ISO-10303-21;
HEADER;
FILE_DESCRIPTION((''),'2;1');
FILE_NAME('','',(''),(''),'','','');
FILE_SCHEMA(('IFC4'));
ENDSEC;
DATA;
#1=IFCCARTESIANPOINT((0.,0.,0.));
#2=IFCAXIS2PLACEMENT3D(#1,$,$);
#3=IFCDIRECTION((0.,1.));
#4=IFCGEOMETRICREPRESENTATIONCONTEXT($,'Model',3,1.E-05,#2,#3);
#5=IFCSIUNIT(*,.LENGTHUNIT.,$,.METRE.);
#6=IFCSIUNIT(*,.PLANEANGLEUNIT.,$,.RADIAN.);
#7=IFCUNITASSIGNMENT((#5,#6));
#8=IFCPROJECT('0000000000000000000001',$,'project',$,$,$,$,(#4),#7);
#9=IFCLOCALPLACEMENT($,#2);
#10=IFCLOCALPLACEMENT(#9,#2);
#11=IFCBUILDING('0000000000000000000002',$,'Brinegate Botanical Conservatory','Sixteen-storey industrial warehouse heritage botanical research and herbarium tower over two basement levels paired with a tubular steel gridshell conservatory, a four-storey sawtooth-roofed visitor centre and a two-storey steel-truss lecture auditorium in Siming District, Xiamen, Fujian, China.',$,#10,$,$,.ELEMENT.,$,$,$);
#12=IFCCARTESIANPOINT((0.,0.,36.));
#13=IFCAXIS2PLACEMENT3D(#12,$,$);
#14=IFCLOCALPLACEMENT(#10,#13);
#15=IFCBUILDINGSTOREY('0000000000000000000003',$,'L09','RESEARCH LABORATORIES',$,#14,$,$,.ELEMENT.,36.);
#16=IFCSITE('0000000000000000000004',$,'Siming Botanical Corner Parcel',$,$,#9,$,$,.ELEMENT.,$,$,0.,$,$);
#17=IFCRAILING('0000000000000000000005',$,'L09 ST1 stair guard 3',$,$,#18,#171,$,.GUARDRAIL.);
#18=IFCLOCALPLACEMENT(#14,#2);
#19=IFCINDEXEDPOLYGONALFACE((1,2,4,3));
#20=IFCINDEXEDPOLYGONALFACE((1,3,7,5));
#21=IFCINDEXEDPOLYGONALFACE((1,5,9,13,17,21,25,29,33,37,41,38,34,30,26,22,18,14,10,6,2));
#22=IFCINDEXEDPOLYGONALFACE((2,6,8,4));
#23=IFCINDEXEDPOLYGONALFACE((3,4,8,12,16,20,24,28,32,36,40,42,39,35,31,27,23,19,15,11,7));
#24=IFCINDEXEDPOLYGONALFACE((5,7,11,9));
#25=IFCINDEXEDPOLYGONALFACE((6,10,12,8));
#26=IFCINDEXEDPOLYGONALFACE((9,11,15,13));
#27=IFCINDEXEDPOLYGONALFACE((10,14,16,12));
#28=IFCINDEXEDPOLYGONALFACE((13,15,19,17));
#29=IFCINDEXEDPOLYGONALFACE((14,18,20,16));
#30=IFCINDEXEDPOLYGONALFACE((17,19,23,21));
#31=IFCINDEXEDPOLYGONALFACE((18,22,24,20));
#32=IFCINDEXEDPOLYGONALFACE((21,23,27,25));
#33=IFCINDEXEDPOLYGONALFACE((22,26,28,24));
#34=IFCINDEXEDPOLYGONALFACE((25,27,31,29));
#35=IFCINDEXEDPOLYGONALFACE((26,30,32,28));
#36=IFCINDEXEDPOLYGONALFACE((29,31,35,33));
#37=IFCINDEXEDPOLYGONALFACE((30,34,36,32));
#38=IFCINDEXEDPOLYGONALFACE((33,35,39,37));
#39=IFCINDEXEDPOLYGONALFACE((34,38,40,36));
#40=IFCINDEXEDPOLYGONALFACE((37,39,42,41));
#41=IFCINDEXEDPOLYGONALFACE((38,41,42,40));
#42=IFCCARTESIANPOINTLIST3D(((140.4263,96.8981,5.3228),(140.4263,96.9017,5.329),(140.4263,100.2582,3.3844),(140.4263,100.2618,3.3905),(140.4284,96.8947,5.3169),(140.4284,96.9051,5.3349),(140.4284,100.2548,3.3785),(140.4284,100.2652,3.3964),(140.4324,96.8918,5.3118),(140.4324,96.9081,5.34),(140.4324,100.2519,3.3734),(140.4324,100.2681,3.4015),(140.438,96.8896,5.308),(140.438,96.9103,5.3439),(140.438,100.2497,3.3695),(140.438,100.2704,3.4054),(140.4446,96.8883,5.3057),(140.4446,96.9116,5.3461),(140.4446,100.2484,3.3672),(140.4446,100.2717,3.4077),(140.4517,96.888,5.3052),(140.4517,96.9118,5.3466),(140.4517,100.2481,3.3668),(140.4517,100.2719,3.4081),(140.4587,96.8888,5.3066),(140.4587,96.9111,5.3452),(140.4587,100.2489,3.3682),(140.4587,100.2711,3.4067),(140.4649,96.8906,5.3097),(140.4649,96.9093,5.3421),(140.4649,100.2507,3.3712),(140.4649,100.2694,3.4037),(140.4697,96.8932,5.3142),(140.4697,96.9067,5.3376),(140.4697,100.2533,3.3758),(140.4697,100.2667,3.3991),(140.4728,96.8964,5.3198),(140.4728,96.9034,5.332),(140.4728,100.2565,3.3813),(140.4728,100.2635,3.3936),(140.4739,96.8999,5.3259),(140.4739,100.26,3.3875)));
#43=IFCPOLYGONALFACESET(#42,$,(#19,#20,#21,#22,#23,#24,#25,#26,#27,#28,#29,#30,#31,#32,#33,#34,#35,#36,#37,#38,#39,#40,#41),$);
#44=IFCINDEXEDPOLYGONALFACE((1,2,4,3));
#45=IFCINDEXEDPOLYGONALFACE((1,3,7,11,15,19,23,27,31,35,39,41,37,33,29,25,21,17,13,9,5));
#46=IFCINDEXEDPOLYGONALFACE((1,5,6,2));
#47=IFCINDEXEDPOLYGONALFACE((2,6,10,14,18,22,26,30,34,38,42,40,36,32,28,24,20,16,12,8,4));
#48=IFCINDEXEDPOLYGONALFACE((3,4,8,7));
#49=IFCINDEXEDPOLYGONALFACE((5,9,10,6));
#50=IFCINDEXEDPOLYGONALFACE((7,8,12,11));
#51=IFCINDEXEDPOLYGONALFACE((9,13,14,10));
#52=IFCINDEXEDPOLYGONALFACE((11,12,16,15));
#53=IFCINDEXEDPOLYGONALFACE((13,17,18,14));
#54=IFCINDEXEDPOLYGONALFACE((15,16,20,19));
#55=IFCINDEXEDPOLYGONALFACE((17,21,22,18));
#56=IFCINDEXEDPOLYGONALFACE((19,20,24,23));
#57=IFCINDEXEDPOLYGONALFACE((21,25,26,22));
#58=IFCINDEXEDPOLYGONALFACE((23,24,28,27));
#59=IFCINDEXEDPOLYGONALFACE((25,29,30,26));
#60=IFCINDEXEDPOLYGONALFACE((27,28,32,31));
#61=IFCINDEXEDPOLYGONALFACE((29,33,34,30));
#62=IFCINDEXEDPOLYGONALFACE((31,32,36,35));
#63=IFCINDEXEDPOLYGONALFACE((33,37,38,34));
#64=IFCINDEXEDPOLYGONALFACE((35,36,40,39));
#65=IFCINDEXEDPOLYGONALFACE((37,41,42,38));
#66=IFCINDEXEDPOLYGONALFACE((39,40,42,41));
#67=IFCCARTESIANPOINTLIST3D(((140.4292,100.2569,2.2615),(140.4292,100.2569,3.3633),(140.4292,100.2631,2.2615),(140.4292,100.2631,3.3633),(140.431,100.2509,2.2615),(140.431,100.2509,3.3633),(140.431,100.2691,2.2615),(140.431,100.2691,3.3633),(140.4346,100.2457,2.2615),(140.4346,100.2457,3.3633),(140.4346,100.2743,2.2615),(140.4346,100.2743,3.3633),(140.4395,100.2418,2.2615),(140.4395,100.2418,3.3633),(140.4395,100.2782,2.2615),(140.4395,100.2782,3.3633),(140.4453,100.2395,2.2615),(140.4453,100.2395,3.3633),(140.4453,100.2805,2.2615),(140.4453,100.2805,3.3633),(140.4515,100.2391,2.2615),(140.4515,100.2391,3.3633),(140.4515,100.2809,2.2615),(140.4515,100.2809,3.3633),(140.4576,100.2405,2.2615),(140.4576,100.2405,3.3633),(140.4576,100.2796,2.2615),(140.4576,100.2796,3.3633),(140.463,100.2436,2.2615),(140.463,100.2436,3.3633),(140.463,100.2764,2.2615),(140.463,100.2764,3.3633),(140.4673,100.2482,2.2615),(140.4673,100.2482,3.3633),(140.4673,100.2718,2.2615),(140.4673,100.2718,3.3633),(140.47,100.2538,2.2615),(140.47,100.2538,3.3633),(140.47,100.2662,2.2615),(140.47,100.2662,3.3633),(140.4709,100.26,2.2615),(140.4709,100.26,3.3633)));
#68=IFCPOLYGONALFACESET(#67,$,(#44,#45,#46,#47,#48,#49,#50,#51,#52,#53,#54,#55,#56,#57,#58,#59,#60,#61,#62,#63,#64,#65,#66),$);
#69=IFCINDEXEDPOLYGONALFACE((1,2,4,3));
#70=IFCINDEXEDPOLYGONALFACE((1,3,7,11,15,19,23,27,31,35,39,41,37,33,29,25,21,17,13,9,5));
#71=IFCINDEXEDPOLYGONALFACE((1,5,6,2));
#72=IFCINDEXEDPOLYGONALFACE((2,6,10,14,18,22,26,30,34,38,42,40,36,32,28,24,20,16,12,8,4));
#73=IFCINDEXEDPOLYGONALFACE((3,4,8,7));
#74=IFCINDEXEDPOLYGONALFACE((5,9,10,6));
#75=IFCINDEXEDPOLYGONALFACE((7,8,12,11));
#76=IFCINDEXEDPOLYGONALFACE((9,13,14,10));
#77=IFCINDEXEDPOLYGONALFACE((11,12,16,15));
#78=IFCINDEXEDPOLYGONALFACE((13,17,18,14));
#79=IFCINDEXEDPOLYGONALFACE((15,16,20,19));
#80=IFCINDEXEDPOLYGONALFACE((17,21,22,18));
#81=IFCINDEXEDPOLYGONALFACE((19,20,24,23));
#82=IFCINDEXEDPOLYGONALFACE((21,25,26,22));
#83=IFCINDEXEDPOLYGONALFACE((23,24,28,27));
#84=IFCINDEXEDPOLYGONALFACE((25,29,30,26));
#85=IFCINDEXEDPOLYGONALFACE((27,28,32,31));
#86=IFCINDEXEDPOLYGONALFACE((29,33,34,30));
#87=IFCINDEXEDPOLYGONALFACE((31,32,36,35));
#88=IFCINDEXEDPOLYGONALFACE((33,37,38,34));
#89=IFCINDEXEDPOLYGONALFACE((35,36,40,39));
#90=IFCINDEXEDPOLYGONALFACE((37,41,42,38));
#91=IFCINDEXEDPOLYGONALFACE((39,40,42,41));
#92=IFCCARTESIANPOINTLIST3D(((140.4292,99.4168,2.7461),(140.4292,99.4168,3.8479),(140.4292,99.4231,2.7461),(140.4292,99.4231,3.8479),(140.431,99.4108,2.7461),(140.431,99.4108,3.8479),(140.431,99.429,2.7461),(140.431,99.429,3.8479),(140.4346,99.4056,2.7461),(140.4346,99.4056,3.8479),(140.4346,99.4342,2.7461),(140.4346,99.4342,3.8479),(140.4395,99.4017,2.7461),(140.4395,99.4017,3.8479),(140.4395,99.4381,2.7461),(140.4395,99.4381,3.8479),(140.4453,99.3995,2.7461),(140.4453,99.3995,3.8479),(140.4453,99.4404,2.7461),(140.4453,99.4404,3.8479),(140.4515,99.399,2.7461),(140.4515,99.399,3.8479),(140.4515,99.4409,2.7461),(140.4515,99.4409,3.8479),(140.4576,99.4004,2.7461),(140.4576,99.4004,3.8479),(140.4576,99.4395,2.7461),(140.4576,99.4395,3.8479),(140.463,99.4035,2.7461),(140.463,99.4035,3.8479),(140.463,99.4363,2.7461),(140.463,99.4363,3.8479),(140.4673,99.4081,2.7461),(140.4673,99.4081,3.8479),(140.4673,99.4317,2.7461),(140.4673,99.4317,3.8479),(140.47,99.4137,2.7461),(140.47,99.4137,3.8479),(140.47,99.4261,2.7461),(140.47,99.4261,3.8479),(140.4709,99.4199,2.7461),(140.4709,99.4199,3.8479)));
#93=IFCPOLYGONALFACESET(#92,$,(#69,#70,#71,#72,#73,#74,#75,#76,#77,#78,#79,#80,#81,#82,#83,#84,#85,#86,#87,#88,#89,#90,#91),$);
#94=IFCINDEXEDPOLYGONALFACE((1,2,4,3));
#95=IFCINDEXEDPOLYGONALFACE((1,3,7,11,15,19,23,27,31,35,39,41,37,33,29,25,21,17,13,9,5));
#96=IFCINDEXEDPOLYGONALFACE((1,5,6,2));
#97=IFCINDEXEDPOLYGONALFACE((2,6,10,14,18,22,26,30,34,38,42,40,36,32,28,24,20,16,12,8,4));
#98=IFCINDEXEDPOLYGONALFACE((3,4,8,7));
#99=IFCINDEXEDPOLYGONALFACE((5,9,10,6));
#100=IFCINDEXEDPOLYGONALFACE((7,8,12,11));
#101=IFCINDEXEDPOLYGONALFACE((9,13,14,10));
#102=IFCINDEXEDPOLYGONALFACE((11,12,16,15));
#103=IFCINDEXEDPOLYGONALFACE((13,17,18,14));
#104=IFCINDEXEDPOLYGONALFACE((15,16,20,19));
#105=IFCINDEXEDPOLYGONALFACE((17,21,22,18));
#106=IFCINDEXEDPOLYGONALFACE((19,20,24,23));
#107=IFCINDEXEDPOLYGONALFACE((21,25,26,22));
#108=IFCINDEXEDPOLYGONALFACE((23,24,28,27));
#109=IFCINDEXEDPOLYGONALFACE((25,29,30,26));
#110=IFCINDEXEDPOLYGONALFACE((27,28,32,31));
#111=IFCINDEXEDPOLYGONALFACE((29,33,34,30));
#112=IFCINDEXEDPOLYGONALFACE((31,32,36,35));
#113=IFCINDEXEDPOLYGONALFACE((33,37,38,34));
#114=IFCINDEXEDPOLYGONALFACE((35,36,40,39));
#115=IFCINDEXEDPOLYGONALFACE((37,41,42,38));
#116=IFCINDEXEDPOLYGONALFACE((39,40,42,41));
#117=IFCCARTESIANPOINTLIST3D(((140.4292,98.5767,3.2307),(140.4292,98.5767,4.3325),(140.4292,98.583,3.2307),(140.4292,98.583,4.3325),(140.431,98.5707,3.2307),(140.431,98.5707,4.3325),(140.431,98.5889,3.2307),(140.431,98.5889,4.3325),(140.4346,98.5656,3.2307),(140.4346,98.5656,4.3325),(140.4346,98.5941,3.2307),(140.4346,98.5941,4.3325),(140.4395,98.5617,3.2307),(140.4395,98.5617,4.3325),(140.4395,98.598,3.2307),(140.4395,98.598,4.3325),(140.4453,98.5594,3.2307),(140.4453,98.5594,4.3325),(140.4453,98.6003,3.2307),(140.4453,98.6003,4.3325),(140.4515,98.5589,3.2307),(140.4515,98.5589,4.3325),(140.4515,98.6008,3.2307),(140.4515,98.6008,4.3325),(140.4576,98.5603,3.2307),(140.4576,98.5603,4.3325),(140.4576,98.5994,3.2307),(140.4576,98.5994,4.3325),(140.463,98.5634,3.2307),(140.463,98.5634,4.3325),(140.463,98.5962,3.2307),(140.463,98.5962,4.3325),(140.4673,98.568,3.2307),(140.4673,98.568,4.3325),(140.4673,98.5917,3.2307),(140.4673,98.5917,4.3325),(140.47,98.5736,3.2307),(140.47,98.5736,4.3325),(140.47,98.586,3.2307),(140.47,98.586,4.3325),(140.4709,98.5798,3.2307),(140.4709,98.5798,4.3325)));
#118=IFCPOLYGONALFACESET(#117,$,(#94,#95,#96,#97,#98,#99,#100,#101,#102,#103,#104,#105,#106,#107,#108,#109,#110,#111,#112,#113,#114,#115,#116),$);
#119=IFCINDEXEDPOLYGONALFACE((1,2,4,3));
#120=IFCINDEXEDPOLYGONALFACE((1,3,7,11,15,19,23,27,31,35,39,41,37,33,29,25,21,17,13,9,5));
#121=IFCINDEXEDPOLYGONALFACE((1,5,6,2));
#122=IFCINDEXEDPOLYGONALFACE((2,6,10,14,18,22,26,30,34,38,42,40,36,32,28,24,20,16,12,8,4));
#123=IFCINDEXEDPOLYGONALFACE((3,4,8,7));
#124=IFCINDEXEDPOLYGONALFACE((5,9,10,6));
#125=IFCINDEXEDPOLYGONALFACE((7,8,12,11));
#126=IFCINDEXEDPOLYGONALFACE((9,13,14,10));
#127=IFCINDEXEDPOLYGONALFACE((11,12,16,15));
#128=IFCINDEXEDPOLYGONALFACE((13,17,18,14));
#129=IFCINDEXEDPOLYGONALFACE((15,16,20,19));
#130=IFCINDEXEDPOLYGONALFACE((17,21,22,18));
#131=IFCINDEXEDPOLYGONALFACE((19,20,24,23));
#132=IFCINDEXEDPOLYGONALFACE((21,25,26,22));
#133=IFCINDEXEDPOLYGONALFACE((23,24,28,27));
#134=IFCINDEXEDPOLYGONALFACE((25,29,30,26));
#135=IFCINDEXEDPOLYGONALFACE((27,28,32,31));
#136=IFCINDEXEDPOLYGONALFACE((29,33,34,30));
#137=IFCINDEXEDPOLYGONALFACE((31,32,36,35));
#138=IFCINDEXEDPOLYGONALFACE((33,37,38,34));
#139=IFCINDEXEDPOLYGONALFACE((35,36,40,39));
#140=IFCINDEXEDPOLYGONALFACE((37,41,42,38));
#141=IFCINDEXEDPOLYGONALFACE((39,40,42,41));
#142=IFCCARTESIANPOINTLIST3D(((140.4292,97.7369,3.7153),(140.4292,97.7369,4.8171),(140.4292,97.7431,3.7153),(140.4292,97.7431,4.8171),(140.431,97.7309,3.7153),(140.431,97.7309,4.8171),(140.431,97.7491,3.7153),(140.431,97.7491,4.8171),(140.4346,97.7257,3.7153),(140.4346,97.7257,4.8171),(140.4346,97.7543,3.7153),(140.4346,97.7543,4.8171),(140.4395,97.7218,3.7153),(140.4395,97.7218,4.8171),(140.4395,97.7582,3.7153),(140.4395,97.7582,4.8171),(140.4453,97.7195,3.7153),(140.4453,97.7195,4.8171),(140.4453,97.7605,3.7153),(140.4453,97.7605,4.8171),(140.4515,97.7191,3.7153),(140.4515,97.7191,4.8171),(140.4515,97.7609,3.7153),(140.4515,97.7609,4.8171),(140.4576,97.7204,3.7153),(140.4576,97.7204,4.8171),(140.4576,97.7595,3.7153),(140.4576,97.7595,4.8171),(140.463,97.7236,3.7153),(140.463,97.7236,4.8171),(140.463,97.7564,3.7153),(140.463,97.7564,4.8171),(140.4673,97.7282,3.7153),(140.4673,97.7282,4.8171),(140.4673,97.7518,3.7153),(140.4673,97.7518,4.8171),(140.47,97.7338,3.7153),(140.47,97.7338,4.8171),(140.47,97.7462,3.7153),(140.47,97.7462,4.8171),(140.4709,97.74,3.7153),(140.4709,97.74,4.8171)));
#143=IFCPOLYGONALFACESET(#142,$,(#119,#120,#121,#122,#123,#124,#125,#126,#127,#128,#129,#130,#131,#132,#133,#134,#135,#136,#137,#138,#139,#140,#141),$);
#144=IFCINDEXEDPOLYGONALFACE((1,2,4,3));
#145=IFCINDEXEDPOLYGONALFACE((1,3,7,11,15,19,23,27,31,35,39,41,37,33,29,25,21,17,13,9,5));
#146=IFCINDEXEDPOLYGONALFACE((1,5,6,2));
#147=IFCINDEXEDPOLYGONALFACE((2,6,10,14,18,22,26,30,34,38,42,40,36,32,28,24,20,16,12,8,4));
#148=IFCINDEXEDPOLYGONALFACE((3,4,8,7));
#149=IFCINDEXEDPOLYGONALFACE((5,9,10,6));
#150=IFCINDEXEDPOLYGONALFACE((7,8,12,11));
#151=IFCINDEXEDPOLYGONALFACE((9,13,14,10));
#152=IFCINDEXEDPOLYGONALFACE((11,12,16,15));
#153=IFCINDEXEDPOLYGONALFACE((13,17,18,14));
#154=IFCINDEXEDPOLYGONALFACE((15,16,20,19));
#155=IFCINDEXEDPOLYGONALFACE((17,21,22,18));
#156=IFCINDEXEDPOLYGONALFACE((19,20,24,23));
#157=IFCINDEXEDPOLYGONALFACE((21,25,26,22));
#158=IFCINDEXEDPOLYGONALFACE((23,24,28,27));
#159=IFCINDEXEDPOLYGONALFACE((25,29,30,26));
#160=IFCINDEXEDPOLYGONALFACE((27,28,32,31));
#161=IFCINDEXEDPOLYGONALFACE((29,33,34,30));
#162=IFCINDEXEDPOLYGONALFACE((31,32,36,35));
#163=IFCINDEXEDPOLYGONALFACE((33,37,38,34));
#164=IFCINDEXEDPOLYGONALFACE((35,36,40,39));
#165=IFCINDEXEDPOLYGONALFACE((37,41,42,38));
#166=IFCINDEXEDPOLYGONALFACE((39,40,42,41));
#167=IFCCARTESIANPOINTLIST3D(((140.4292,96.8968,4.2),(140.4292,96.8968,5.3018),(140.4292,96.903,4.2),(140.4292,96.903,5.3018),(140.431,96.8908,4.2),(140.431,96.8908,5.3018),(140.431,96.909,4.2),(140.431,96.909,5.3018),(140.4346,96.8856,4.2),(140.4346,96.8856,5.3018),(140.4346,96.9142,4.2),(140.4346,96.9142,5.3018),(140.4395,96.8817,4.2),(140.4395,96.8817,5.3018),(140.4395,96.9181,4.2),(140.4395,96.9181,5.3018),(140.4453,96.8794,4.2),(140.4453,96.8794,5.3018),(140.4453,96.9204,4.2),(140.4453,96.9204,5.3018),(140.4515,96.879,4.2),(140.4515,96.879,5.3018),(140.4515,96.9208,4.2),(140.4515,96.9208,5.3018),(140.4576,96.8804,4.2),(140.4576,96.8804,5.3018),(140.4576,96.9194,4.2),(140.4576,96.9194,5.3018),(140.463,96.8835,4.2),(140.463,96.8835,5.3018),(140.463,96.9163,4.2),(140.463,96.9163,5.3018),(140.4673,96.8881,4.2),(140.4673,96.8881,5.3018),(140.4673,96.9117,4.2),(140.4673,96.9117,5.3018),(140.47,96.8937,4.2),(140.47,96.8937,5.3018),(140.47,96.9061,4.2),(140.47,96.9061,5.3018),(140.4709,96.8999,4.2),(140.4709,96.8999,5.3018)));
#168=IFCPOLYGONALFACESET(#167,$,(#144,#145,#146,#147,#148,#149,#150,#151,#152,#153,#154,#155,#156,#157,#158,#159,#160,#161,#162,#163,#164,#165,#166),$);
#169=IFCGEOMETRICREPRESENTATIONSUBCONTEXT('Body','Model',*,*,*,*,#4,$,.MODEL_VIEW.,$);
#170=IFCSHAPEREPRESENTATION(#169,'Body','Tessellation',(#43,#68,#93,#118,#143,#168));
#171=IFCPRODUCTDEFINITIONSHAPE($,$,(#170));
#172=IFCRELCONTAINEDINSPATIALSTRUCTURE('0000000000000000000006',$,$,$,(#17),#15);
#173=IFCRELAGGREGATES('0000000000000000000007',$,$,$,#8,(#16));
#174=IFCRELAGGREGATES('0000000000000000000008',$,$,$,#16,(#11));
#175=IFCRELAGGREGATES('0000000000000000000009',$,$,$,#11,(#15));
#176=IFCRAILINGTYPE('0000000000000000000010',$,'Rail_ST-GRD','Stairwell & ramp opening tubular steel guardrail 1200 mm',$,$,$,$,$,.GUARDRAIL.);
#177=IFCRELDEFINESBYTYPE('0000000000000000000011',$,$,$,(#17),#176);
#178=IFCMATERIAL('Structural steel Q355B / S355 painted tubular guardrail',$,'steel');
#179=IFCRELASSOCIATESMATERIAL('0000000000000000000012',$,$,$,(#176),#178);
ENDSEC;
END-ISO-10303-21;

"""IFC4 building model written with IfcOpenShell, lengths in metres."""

from ifc_helpers import new_model, si_unit, direction, frame, origin, origin_2d, place, context, subcontext, project, spatial, circle, extrude, material, type_object, element, save


model = new_model("IFC4")

# Units and contexts
model_context = context("Model", 3, precision=1e-05, world=origin(), true_north=direction((0.0, 1.0)))
body_context = subcontext(model_context, "Body", "Model", "MODEL_VIEW")
ifc_project = project(units=[si_unit("LENGTHUNIT", "METRE"), si_unit("PLANEANGLEUNIT", "RADIAN")], contexts=[model_context])

# Site, building, storey
site_placement = place(None, origin())
site = spatial("IfcSite", under=ifc_project, at=site_placement, Name="Siming Botanical Corner Parcel", CompositionType="ELEMENT", RefElevation=0.0)
building_placement = place(site_placement, origin())
building = spatial("IfcBuilding", under=site, at=building_placement, Name="Brinegate Botanical Conservatory", Description="Sixteen-storey industrial warehouse heritage botanical research and herbarium tower over two basement levels paired with a tubular steel gridshell conservatory, a four-storey sawtooth-roofed visitor centre and a two-storey steel-truss lecture auditorium in Siming District, Xiamen, Fujian, China.", CompositionType="ELEMENT")
storey_placement = place(building_placement, frame((0.0, 0.0, 36.0)))
storey = spatial("IfcBuildingStorey", under=building, at=storey_placement, Name="L09", Description="RESEARCH LABORATORIES", CompositionType="ELEMENT", Elevation=36.0)

# Railing
ifc_material_1 = material(Name="Structural steel Q355B / S355 painted tubular guardrail", Category="steel")
railing_type_1 = type_object("IfcRailingType", Name="Rail_ST-GRD", Description="Stairwell & ramp opening tubular steel guardrail 1200 mm", PredefinedType="GUARDRAIL", material=ifc_material_1)
railing_1_placement = place(storey_placement, frame((140.45, 100.26, 2.2615)))
element("IfcRailing", 1, at=railing_1_placement, inside=storey, type_object=railing_type_1, Name="L09 ST1 stair guard 3", PredefinedType="GUARDRAIL", context=body_context, shape_type="SweptSolid", body=[
    extrude(circle(Radius=0.0239, at=origin_2d()), frame((0.0, 0.0, 1.126), z_axis=(0.0, -0.866191, 0.499713), x_axis=(1.0, 0.0, 0.0)), (0.0, 0.0, 1.0), 3.8792),
    extrude(circle(Radius=0.021, at=origin_2d()), origin(), (0.0, 0.0, 1.0), 1.1018),
    extrude(circle(Radius=0.021, at=origin_2d()), frame((0.0, -0.8401, 0.4846)), (0.0, 0.0, 1.0), 1.1018),
    extrude(circle(Radius=0.021, at=origin_2d()), frame((0.0, -1.6802, 0.9692)), (0.0, 0.0, 1.0), 1.1018),
    extrude(circle(Radius=0.021, at=origin_2d()), frame((0.0, -2.52, 1.4539)), (0.0, 0.0, 1.0), 1.1018),
    extrude(circle(Radius=0.021, at=origin_2d()), frame((0.0, -3.3601, 1.9385)), (0.0, 0.0, 1.0), 1.1018),
])

save(model, "model.ifc")
